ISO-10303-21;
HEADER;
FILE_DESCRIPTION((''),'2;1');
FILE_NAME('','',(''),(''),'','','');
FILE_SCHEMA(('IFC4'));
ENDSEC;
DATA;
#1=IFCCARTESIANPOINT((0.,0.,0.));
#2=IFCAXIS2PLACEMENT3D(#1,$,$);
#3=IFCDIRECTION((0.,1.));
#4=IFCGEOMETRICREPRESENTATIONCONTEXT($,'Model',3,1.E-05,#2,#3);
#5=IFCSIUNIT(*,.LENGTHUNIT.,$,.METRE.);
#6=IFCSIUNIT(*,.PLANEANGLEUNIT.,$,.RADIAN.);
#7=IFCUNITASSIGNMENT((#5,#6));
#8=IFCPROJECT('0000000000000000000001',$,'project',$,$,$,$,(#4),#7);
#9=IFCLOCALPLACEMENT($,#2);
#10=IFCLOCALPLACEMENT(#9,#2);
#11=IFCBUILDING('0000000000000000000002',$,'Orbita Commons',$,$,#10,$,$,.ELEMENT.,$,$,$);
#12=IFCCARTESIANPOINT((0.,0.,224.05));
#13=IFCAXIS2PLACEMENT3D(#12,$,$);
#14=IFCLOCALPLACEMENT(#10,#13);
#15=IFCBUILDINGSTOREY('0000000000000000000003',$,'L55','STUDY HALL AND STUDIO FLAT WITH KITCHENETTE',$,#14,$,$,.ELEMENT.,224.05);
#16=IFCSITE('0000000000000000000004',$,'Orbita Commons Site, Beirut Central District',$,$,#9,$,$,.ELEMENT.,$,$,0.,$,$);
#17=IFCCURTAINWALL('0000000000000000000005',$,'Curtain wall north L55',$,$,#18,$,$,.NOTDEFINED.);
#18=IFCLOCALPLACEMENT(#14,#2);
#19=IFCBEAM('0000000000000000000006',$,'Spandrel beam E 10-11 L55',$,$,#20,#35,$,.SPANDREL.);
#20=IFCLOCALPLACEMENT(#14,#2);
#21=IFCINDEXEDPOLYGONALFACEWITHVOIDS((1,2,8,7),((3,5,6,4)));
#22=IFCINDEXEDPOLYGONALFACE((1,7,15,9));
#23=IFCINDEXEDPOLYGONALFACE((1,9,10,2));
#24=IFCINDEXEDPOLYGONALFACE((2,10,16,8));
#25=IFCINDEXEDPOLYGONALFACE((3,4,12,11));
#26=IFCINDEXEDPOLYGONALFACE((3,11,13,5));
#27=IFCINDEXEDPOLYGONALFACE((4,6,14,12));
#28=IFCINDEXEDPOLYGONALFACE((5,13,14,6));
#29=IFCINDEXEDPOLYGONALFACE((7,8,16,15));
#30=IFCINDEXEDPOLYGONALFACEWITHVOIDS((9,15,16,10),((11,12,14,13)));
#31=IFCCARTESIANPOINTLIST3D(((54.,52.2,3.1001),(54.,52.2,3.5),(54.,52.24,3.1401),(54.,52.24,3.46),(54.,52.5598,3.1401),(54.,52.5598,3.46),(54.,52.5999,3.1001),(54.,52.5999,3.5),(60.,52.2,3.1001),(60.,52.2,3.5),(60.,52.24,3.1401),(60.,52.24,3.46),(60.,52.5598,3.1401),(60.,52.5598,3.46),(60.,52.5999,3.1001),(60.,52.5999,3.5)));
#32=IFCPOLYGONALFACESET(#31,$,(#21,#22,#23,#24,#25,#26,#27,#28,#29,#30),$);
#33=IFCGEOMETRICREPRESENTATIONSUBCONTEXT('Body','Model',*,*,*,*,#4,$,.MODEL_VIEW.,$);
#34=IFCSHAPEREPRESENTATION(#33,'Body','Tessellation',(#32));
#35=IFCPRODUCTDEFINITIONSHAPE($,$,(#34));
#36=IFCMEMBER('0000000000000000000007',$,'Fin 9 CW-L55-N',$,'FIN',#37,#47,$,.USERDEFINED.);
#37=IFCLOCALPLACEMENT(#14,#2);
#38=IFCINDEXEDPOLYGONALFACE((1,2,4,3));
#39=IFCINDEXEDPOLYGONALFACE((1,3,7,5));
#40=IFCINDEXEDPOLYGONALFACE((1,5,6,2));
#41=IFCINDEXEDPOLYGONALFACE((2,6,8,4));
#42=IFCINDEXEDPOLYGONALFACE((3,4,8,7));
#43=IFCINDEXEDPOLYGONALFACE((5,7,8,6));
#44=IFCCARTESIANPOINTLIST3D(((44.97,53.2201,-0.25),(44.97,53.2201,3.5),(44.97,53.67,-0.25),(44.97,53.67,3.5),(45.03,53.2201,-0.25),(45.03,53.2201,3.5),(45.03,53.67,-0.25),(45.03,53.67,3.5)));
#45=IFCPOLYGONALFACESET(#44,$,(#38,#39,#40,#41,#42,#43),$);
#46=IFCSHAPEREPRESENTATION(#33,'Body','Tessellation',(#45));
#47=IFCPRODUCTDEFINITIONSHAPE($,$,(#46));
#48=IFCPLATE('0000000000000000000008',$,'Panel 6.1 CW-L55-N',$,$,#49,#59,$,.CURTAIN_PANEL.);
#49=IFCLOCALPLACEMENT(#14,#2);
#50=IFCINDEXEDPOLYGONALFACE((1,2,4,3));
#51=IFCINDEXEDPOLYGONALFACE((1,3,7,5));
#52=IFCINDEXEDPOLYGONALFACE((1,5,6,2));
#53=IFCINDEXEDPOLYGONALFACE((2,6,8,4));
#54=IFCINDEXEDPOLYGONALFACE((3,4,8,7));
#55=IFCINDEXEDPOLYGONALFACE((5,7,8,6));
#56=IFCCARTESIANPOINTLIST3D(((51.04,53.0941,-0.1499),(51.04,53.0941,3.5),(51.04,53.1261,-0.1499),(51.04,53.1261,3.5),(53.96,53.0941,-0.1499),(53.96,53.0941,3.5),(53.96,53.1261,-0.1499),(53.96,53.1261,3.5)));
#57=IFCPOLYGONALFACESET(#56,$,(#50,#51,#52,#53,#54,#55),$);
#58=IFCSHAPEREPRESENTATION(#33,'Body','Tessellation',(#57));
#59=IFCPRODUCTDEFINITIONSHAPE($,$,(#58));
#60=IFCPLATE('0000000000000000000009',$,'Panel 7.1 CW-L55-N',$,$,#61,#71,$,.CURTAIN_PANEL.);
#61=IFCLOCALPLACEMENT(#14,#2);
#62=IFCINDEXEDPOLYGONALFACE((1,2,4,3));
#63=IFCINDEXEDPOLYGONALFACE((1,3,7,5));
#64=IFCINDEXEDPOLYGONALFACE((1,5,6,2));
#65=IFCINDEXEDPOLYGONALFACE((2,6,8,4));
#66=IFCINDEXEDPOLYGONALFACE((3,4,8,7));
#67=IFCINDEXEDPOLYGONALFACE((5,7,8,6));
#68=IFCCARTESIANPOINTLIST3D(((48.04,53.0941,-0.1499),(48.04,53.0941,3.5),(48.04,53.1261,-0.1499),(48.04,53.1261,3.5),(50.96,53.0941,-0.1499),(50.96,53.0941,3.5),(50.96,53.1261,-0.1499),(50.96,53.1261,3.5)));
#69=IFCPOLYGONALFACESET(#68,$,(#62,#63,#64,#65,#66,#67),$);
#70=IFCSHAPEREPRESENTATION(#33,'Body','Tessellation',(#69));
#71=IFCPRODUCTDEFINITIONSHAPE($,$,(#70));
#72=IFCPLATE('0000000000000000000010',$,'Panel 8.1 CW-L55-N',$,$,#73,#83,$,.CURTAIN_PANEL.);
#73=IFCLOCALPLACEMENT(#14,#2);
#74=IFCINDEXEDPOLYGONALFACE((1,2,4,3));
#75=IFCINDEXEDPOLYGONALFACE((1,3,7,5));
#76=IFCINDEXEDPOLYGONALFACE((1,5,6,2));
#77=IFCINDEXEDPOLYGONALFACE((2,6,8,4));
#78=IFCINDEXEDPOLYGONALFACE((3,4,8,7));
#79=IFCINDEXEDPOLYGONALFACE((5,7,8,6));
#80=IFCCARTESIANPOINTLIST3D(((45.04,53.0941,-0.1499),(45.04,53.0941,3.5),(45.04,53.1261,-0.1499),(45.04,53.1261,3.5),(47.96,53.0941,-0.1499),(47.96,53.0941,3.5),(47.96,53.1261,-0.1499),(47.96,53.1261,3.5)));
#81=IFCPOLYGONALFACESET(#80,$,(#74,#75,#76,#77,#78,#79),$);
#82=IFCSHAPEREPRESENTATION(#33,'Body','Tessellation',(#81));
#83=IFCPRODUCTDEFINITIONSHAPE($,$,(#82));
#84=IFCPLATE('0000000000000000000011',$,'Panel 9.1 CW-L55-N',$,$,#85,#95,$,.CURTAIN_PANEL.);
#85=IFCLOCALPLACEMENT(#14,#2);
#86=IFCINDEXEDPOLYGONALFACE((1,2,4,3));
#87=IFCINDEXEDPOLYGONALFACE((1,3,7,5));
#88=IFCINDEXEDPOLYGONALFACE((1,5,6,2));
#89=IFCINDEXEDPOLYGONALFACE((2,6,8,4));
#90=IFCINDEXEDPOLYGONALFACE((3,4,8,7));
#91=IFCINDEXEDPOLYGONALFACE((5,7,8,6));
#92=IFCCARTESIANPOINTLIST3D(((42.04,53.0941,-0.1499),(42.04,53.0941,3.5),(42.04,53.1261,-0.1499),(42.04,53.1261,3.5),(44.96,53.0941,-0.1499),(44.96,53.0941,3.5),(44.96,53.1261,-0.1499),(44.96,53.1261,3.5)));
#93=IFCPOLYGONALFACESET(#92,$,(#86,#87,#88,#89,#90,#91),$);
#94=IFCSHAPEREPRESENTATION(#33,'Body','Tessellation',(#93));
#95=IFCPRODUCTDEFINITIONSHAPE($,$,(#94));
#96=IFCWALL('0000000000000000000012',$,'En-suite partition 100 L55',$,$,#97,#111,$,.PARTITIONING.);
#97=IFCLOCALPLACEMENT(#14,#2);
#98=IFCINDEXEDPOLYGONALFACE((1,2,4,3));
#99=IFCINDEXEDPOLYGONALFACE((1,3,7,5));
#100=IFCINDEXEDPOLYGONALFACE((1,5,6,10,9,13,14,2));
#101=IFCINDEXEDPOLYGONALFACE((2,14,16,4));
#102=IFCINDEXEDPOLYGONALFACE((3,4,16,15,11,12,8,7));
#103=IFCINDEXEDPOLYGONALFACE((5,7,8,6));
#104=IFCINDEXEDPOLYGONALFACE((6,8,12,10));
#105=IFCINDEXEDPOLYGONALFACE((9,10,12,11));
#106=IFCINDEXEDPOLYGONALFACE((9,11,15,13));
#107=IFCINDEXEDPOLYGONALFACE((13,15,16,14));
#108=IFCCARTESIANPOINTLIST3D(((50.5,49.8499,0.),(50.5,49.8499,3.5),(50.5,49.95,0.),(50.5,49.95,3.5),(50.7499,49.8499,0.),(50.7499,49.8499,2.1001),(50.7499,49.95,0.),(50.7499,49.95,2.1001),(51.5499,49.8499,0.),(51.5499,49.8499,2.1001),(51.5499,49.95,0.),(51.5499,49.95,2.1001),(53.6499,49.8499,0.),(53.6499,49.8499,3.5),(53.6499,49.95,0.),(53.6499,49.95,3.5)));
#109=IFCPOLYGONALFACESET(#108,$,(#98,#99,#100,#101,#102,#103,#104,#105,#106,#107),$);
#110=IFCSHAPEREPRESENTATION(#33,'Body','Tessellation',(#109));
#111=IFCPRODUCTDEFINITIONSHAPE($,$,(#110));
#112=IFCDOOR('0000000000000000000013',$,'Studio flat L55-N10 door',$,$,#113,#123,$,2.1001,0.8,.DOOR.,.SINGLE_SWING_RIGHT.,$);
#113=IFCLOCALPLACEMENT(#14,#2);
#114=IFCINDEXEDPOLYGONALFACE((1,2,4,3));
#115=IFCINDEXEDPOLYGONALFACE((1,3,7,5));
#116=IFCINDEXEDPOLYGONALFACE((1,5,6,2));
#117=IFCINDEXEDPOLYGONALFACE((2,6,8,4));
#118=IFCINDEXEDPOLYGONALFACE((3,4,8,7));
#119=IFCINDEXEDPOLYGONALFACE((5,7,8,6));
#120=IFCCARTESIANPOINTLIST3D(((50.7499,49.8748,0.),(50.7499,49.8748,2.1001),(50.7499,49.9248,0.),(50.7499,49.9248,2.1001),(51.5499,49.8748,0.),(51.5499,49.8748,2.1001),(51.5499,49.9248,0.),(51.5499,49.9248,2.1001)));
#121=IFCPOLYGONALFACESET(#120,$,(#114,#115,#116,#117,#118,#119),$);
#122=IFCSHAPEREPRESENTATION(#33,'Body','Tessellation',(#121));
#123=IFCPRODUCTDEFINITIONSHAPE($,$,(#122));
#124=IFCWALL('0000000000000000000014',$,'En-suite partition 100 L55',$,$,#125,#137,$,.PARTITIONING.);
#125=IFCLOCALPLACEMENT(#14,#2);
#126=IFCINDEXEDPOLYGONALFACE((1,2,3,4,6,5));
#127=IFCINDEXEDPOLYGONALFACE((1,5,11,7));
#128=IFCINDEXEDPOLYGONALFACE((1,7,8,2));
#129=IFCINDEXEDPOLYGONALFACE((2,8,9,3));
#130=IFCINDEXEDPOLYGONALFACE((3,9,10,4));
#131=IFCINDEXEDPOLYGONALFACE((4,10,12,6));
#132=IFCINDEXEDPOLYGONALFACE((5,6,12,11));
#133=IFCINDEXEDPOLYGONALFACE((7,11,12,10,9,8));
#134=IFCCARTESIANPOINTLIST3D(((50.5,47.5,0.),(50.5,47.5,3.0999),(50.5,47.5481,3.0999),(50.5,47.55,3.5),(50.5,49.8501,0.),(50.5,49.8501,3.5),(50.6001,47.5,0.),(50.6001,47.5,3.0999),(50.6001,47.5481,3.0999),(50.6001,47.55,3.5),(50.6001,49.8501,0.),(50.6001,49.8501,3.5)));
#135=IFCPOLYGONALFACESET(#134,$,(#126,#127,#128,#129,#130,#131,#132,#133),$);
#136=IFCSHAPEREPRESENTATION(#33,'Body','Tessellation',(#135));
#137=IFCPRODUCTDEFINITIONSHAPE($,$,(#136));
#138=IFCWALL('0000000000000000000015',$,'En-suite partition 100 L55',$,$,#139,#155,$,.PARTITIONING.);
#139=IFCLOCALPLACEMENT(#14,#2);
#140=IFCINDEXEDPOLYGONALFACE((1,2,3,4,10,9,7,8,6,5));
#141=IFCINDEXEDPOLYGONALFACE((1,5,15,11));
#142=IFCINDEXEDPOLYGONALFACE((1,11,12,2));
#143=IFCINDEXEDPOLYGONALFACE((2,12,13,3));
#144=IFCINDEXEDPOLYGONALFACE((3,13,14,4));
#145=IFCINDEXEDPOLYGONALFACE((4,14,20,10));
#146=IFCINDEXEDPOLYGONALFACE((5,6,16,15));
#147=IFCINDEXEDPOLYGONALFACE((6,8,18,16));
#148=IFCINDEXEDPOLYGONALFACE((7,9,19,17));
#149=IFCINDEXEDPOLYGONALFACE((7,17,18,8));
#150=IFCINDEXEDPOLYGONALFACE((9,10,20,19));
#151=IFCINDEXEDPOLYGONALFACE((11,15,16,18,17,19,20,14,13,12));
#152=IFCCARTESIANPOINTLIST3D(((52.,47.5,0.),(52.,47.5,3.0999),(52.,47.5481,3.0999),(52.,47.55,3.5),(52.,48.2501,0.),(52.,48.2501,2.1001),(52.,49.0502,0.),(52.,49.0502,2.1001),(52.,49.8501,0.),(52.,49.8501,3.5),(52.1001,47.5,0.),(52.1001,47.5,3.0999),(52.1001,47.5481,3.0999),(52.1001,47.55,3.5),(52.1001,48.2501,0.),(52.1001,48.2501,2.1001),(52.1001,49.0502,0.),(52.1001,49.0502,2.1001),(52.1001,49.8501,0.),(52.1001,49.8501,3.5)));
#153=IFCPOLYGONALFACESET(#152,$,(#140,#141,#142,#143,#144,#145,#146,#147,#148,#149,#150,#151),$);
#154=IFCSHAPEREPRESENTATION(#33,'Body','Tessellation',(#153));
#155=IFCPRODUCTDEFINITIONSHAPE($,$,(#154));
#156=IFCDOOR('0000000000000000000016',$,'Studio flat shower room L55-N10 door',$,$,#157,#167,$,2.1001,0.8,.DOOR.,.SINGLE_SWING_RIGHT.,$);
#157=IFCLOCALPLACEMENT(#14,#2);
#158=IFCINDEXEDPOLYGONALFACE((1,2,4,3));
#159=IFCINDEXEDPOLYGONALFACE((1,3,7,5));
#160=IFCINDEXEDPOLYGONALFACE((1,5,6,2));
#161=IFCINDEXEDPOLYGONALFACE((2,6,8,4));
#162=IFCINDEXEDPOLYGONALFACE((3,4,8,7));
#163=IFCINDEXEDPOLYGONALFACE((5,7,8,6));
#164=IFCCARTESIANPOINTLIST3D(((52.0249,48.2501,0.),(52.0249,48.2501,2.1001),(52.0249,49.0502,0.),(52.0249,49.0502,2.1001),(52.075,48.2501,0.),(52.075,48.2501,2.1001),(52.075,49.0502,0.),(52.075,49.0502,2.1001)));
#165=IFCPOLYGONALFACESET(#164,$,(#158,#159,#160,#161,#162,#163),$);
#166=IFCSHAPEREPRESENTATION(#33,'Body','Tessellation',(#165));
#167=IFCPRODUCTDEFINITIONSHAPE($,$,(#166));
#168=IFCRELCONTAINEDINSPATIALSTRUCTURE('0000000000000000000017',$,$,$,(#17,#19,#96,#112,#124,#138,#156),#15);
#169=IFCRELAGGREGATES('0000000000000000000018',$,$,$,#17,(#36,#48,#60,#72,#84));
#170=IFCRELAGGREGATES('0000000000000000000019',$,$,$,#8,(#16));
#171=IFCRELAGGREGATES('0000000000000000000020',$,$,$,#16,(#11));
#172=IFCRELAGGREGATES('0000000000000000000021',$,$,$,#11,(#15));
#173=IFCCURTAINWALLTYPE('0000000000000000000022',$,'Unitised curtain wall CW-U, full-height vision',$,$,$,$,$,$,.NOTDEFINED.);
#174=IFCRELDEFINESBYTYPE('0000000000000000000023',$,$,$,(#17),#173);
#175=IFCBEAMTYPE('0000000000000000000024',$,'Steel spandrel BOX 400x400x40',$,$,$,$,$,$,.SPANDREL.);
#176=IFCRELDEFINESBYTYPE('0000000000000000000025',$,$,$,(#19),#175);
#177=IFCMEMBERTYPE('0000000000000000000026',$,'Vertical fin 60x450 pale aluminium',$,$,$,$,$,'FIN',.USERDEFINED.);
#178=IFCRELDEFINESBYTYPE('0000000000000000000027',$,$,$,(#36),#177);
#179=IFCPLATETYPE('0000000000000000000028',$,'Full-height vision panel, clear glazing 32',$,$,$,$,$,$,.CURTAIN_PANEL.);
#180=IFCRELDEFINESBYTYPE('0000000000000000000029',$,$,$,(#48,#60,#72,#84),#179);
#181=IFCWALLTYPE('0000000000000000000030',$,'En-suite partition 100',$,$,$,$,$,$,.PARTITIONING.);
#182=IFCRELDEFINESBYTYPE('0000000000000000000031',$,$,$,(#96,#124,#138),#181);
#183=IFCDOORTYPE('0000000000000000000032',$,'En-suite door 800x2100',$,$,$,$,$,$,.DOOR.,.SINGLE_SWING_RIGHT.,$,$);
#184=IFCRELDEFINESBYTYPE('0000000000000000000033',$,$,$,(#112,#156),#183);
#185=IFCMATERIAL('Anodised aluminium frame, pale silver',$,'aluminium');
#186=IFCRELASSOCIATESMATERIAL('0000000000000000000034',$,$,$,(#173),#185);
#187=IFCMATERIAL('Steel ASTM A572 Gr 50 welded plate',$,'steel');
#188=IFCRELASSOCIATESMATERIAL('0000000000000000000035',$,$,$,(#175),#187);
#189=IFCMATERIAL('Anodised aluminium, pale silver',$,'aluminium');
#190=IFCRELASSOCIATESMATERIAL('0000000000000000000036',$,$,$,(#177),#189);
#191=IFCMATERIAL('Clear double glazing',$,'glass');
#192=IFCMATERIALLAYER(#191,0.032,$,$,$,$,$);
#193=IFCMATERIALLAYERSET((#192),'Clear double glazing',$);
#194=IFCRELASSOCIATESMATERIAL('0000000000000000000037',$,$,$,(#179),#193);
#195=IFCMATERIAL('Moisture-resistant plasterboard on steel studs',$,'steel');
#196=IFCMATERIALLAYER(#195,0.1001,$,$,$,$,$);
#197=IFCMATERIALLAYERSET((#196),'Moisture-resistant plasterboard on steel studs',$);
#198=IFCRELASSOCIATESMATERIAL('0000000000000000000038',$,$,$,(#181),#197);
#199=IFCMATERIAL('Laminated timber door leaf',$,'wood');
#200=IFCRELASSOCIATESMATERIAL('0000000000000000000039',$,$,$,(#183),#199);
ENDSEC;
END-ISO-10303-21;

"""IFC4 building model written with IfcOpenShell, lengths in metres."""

from ifc_helpers import new_model, si_unit, direction, frame, frame_2d, origin, origin_2d, place, context, subcontext, project, spatial, polyline, rectangle, hollow_rectangle, outline, extrude, material, layer, layer_set, material_profile, profile_set, type_object, element, fill, aggregate, save


model = new_model("IFC4")

# Units and contexts
model_context = context("Model", 3, precision=1e-05, world=origin(), true_north=direction((0.0, 1.0)))
body_context = subcontext(model_context, "Body", "Model", "MODEL_VIEW")
ifc_project = project(units=[si_unit("LENGTHUNIT", "METRE"), si_unit("PLANEANGLEUNIT", "RADIAN")], contexts=[model_context])

# Site, building, storey
site_placement = place(None, origin())
site = spatial("IfcSite", under=ifc_project, at=site_placement, Name="Orbita Commons Site, Beirut Central District", CompositionType="ELEMENT", RefElevation=0.0)
building_placement = place(site_placement, origin())
building = spatial("IfcBuilding", under=site, at=building_placement, Name="Orbita Commons", CompositionType="ELEMENT")
storey_placement = place(building_placement, frame((0.0, 0.0, 224.05)))
storey = spatial("IfcBuildingStorey", under=building, at=storey_placement, Name="L55", Description="STUDY HALL AND STUDIO FLAT WITH KITCHENETTE", CompositionType="ELEMENT", Elevation=224.05)

# Curtain wall
ifc_material_1 = material(Name="Anodised aluminium frame, pale silver", Category="aluminium")
curtain_wall_type = type_object("IfcCurtainWallType", Name="Unitised curtain wall CW-U, full-height vision", PredefinedType="NOTDEFINED", material=ifc_material_1)
curtain_wall_placement = place(storey_placement, origin())
curtain_wall = element("IfcCurtainWall", 1, at=curtain_wall_placement, inside=storey, type_object=curtain_wall_type, Name="Curtain wall north L55", PredefinedType="NOTDEFINED")

# Beam
ifc_material_2 = material(Name="Steel ASTM A572 Gr 50 welded plate", Category="steel")
ifc_material_profile_1 = material_profile(ifc_material_2, hollow_rectangle(XDim=0.3999, YDim=0.3999, WallThickness=0.04, at=origin_2d()), Name="BOX 400x400x40")
ifc_profile_set_1 = profile_set([ifc_material_profile_1], Name="Steel ASTM A572 Gr 50 welded plate")
beam_type = type_object("IfcBeamType", Name="Steel spandrel BOX 400x400x40", PredefinedType="SPANDREL", material=ifc_profile_set_1)
for number, where, z_axis, x_axis, name in (
    (2, (54.0, 52.3999, 3.3), (1.0, 0.0, 0.0), (0.0, 1.0, 0.0), "Spandrel beam E 10-11 L55"),
):
    element("IfcBeam", number, at=place(storey_placement, frame(where, z_axis=z_axis, x_axis=x_axis)), inside=storey, type_object=beam_type, Name=name, PredefinedType="SPANDREL", context=body_context, shape_type="SweptSolid", body=[
        extrude(hollow_rectangle(XDim=0.3999, YDim=0.3999, WallThickness=0.04, at=origin_2d()), origin(), (0.0, 0.0, 1.0), 6.0),
    ])

# Member
ifc_material_3 = material(Name="Anodised aluminium, pale silver", Category="aluminium")
ifc_material_profile_2 = material_profile(ifc_material_3, rectangle(XDim=0.0601, YDim=0.45, at=origin_2d()), Name="FIN 60x450")
ifc_profile_set_2 = profile_set([ifc_material_profile_2], Name="Anodised aluminium, pale silver")
member_type_1 = type_object("IfcMemberType", Name="Vertical fin 60x450 pale aluminium", ElementType="FIN", PredefinedType="USERDEFINED", material=ifc_profile_set_2)
member_1_placement = place(storey_placement, frame((45.0, 53.4451, -0.25), z_axis=(0.0, 0.0, 1.0), x_axis=(-1.0, 0.0, 0.0)))
member_1 = element("IfcMember", 3, at=member_1_placement, type_object=member_type_1, Name="Fin 9 CW-L55-N", ObjectType="FIN", PredefinedType="USERDEFINED", context=body_context, shape_type="SweptSolid", body=[
    extrude(rectangle(XDim=0.0601, YDim=0.45, at=origin_2d()), origin(), (0.0, 0.0, 1.0), 3.75),
])

# Plates
ifc_material_4 = material(Name="Clear double glazing", Category="glass")
ifc_layer_1 = layer(ifc_material_4, 0.032)
ifc_layer_set_1 = layer_set([ifc_layer_1], Name="Clear double glazing")
plate_type = type_object("IfcPlateType", Name="Full-height vision panel, clear glazing 32", PredefinedType="CURTAIN_PANEL", material=ifc_layer_set_1)
plate_1_placement = place(storey_placement, frame((52.5, 53.1101, -0.1499), z_axis=(0.0, 0.0, 1.0), x_axis=(-1.0, 0.0, 0.0)))
plate_1 = element("IfcPlate", 4, at=plate_1_placement, type_object=plate_type, Name="Panel 6.1 CW-L55-N", PredefinedType="CURTAIN_PANEL", context=body_context, shape_type="SweptSolid", body=[
    extrude(rectangle(XDim=2.9199, YDim=0.032, at=origin_2d()), origin(), (0.0, 0.0, 1.0), 3.6499),
])
plate_2_placement = place(storey_placement, frame((49.5, 53.1101, -0.1499), z_axis=(0.0, 0.0, 1.0), x_axis=(-1.0, 0.0, 0.0)))
plate_2 = element("IfcPlate", 5, at=plate_2_placement, type_object=plate_type, Name="Panel 7.1 CW-L55-N", PredefinedType="CURTAIN_PANEL", context=body_context, shape_type="SweptSolid", body=[
    extrude(rectangle(XDim=2.9199, YDim=0.032, at=origin_2d()), origin(), (0.0, 0.0, 1.0), 3.6499),
])
plate_3_placement = place(storey_placement, frame((46.5, 53.1101, -0.1499), z_axis=(0.0, 0.0, 1.0), x_axis=(-1.0, 0.0, 0.0)))
plate_3 = element("IfcPlate", 6, at=plate_3_placement, type_object=plate_type, Name="Panel 8.1 CW-L55-N", PredefinedType="CURTAIN_PANEL", context=body_context, shape_type="SweptSolid", body=[
    extrude(rectangle(XDim=2.9199, YDim=0.032, at=origin_2d()), origin(), (0.0, 0.0, 1.0), 3.6499),
])
plate_4_placement = place(storey_placement, frame((43.5, 53.1101, -0.1499), z_axis=(0.0, 0.0, 1.0), x_axis=(-1.0, 0.0, 0.0)))
plate_4 = element("IfcPlate", 7, at=plate_4_placement, type_object=plate_type, Name="Panel 9.1 CW-L55-N", PredefinedType="CURTAIN_PANEL", context=body_context, shape_type="SweptSolid", body=[
    extrude(rectangle(XDim=2.9199, YDim=0.032, at=origin_2d()), origin(), (0.0, 0.0, 1.0), 3.6499),
])
aggregate(curtain_wall, [member_1, plate_1, plate_2, plate_3, plate_4])

# Wall, opening, door
ifc_material_5 = material(Name="Moisture-resistant plasterboard on steel studs", Category="steel")
ifc_layer_2 = layer(ifc_material_5, 0.1001)
ifc_layer_set_2 = layer_set([ifc_layer_2], Name="Moisture-resistant plasterboard on steel studs")
wall_type_1 = type_object("IfcWallType", Name="En-suite partition 100", PredefinedType="PARTITIONING", material=ifc_layer_set_2)
wall_1_placement = place(storey_placement, frame((50.5, 49.8999, 0.0), z_axis=(0.0, 0.0, 1.0), x_axis=(1.0, 0.0, 0.0)))
wall_1 = element("IfcWall", 8, at=wall_1_placement, inside=storey, type_object=wall_type_1, Name="En-suite partition 100 L55", PredefinedType="PARTITIONING", context=body_context, shape_type="SweptSolid", body=[
    extrude(rectangle(XDim=3.1499, YDim=0.1001, at=frame_2d((1.575, 0.0))), origin(), (0.0, 0.0, 1.0), 3.5),
])
opening_1_placement = place(wall_1_placement, frame((0.25, 0.0, 0.0)))
opening_1 = element("IfcOpeningElement", 9, at=opening_1_placement, cuts=wall_1, PredefinedType="OPENING", context=body_context, shape_type="SweptSolid", body=[
    extrude(rectangle(XDim=0.8, YDim=2.1001, at=frame_2d((0.3999, 1.05))), frame((0.0, 0.0601, 0.0), z_axis=(0.0, -1.0, 0.0), x_axis=(1.0, 0.0, 0.0)), (0.0, 0.0, 1.0), 0.1201),
])
ifc_material_6 = material(Name="Laminated timber door leaf", Category="wood")
door_type_1 = type_object("IfcDoorType", Name="En-suite door 800x2100", OperationType="SINGLE_SWING_RIGHT", PredefinedType="DOOR", material=ifc_material_6)
door_1_placement = place(opening_1_placement, origin())
door_1 = element("IfcDoor", 10, at=door_1_placement, inside=storey, type_object=door_type_1, Name="Studio flat L55-N10 door", OperationType="SINGLE_SWING_RIGHT", OverallHeight=2.1001, OverallWidth=0.8, PredefinedType="DOOR", context=body_context, shape_type="SweptSolid", body=[
    extrude(rectangle(XDim=0.8, YDim=2.1001, at=frame_2d((0.3999, 1.05))), frame((0.0, 0.0249, 0.0), z_axis=(0.0, -1.0, 0.0), x_axis=(1.0, 0.0, 0.0)), (0.0, 0.0, 1.0), 0.05),
])
fill(opening_1, door_1)

# Wall
wall_2_placement = place(storey_placement, frame((50.55, 49.8501, 0.0), z_axis=(0.0, 0.0, 1.0), x_axis=(0.0, -1.0, 0.0)))
element("IfcWall", 11, at=wall_2_placement, inside=storey, type_object=wall_type_1, Name="En-suite partition 100 L55", PredefinedType="PARTITIONING", context=body_context, shape_type="SweptSolid", body=[
    extrude(outline(polyline([(0.0, 0.0), (2.3501, 0.0), (2.3501, 3.0999), (2.302, 3.0999), (2.3, 3.5), (0.0, 3.5), (0.0, 0.0)])), frame((0.0, 0.05, 0.0), z_axis=(0.0, -1.0, 0.0), x_axis=(1.0, 0.0, 0.0)), (0.0, 0.0, 1.0), 0.1001),
])

# Wall, opening, door
wall_3_placement = place(storey_placement, frame((52.05, 49.8501, 0.0), z_axis=(0.0, 0.0, 1.0), x_axis=(0.0, -1.0, 0.0)))
wall_3 = element("IfcWall", 12, at=wall_3_placement, inside=storey, type_object=wall_type_1, Name="En-suite partition 100 L55", PredefinedType="PARTITIONING", context=body_context, shape_type="SweptSolid", body=[
    extrude(outline(polyline([(0.0, 0.0), (2.3501, 0.0), (2.3501, 3.0999), (2.302, 3.0999), (2.3, 3.5), (0.0, 3.5), (0.0, 0.0)])), frame((0.0, 0.05, 0.0), z_axis=(0.0, -1.0, 0.0), x_axis=(1.0, 0.0, 0.0)), (0.0, 0.0, 1.0), 0.1001),
])
opening_2_placement = place(wall_3_placement, frame((0.8, 0.0, 0.0)))
opening_2 = element("IfcOpeningElement", 13, at=opening_2_placement, cuts=wall_3, PredefinedType="OPENING", context=body_context, shape_type="SweptSolid", body=[
    extrude(rectangle(XDim=0.8, YDim=2.1001, at=frame_2d((0.3999, 1.05))), frame((0.0, 0.0601, 0.0), z_axis=(0.0, -1.0, 0.0), x_axis=(1.0, 0.0, 0.0)), (0.0, 0.0, 1.0), 0.1201),
])
door_2_placement = place(opening_2_placement, origin())
door_2 = element("IfcDoor", 14, at=door_2_placement, inside=storey, type_object=door_type_1, Name="Studio flat shower room L55-N10 door", OperationType="SINGLE_SWING_RIGHT", OverallHeight=2.1001, OverallWidth=0.8, PredefinedType="DOOR", context=body_context, shape_type="SweptSolid", body=[
    extrude(rectangle(XDim=0.8, YDim=2.1001, at=frame_2d((0.3999, 1.05))), frame((0.0, 0.0249, 0.0), z_axis=(0.0, -1.0, 0.0), x_axis=(1.0, 0.0, 0.0)), (0.0, 0.0, 1.0), 0.05),
])
fill(opening_2, door_2)

save(model, "model.ifc")
